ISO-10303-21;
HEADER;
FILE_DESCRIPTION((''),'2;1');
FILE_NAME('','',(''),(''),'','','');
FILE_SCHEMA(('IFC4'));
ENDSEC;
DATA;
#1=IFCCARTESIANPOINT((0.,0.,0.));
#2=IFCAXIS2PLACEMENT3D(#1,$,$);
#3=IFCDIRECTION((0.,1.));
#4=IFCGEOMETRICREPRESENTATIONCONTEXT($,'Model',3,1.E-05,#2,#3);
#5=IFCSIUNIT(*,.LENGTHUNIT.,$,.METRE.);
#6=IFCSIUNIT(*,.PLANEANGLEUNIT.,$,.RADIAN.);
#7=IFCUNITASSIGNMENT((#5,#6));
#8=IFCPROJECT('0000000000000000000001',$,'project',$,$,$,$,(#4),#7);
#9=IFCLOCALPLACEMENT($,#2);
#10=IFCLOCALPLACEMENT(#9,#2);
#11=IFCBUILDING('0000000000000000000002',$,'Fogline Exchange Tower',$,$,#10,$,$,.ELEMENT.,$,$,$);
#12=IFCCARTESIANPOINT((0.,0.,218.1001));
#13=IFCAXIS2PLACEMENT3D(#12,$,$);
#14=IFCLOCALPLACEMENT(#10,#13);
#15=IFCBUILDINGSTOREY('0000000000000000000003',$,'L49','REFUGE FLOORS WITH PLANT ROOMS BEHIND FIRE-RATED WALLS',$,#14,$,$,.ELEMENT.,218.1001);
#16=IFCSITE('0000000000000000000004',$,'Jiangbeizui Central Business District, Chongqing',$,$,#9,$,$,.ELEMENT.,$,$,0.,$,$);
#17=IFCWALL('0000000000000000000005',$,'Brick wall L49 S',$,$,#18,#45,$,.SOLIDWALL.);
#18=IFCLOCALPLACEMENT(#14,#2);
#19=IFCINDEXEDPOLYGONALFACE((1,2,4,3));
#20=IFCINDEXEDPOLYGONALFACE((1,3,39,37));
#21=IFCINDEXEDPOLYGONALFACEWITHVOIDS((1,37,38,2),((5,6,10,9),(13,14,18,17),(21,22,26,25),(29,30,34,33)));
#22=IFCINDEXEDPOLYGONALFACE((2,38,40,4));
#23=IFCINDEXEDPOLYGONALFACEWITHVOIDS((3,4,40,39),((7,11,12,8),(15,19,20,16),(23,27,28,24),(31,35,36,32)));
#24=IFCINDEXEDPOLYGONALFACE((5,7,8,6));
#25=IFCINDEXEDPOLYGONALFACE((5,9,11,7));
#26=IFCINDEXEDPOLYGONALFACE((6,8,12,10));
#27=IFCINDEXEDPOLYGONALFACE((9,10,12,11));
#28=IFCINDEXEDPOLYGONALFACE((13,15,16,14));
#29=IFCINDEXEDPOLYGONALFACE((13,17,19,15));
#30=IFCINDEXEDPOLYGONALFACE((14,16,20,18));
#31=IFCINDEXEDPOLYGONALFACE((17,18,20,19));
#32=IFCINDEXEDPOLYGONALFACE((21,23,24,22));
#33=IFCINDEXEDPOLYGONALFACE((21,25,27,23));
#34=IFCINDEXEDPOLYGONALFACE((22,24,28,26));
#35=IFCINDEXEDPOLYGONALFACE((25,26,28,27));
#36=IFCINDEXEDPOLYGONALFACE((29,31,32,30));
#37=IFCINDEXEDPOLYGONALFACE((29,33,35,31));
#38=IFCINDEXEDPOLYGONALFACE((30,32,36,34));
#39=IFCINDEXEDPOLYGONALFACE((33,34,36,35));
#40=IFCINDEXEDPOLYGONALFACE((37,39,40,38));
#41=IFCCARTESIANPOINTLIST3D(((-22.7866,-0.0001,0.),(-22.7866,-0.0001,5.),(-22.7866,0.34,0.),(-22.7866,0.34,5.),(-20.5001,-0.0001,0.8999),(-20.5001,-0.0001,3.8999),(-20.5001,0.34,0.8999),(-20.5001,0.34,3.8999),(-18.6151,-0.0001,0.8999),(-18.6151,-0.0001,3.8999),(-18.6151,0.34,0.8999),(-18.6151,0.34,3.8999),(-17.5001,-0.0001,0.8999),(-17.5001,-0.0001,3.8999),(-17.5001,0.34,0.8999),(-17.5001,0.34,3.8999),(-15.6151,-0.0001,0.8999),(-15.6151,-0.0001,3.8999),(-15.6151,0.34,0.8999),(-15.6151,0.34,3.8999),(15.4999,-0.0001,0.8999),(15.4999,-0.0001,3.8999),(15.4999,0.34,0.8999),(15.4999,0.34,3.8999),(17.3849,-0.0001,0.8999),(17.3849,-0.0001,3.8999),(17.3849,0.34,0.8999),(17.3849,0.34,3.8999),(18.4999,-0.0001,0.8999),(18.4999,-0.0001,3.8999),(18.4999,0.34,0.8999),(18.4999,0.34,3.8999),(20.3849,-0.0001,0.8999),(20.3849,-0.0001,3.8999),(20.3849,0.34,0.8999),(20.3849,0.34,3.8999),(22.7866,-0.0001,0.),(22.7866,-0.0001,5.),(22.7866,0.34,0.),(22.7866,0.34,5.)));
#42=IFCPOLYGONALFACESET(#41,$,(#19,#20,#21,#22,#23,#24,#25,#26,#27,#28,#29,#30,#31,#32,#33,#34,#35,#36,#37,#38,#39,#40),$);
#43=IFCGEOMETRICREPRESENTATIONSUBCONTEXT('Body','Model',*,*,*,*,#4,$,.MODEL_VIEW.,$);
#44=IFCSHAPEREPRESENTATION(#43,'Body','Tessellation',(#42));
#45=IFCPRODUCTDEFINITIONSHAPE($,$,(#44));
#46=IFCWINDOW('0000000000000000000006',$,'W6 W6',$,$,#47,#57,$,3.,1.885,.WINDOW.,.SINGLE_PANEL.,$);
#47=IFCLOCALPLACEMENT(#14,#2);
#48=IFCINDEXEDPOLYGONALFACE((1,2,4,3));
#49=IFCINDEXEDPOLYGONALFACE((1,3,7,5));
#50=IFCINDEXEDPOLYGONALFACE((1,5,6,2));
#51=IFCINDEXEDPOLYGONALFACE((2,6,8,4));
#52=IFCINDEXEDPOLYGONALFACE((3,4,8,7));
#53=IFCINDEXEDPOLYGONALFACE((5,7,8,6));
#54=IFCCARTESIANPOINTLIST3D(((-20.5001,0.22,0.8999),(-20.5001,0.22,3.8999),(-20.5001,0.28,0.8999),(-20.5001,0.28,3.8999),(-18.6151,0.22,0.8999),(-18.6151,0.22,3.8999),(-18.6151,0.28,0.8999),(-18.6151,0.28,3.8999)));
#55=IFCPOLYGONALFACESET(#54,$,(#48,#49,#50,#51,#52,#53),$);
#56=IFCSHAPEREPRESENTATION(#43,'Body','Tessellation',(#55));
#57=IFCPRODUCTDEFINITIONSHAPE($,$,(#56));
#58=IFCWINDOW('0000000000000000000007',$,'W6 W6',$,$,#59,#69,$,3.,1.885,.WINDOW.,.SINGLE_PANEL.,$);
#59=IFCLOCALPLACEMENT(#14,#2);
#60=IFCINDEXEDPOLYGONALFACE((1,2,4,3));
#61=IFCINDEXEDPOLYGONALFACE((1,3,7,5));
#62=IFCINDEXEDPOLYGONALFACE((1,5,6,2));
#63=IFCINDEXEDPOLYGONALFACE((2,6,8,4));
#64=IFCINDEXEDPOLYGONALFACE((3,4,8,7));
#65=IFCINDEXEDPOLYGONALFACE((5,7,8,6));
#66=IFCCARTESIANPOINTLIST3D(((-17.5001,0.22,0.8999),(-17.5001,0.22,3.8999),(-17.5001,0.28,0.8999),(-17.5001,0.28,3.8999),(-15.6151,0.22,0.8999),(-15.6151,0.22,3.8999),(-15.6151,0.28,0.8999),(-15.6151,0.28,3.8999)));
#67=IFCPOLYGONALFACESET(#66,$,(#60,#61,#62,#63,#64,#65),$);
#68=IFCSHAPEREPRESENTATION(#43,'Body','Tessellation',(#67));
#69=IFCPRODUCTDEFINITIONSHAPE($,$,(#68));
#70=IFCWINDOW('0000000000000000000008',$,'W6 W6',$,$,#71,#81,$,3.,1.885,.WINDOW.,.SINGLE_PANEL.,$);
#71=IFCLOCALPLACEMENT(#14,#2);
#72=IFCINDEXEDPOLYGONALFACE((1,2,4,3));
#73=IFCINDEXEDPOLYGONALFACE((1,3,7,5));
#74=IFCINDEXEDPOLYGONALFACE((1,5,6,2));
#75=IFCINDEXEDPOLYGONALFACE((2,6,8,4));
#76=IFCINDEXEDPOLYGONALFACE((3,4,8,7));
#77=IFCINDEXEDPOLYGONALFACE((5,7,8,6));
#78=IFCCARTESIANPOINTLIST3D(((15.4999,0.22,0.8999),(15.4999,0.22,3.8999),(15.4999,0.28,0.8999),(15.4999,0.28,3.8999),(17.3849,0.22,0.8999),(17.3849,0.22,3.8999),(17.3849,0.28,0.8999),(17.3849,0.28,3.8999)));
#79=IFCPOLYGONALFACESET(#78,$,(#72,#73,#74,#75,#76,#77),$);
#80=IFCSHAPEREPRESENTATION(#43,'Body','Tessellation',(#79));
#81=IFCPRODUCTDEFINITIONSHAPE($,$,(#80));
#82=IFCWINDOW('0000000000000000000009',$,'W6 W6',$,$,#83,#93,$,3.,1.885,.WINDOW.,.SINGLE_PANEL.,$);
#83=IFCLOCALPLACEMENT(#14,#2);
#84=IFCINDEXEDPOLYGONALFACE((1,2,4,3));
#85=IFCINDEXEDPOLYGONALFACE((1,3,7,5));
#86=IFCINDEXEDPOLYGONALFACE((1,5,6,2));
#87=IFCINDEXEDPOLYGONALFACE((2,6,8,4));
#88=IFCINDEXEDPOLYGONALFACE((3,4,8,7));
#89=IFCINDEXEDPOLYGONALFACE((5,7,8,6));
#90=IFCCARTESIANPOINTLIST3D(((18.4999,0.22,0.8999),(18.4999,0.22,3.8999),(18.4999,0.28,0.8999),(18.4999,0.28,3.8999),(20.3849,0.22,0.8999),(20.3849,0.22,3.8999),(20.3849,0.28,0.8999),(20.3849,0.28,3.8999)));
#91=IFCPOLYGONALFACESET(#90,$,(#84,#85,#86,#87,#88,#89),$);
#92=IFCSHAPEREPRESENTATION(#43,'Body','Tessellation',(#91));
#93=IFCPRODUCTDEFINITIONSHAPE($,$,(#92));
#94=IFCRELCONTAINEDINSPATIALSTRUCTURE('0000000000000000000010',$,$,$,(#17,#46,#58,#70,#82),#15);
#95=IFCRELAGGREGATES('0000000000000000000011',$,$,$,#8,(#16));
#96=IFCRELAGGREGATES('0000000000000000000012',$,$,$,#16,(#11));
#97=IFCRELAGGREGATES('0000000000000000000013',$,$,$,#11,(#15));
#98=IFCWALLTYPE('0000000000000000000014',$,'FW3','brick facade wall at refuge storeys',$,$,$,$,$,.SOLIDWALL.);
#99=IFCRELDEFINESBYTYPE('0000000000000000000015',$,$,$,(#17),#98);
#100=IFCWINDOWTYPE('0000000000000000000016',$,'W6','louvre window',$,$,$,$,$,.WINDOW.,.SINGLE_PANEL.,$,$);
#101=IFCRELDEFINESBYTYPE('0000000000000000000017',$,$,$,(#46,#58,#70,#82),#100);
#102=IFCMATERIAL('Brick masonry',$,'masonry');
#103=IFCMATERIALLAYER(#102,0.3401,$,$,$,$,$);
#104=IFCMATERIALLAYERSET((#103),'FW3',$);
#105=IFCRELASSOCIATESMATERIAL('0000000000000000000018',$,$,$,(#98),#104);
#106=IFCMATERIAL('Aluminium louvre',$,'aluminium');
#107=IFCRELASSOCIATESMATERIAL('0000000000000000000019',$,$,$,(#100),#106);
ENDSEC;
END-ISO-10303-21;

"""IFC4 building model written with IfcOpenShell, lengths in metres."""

from ifc_helpers import new_model, si_unit, direction, frame, frame_2d, origin, place, context, subcontext, project, spatial, rectangle, extrude, material, layer, layer_set, type_object, element, fill, save


model = new_model("IFC4")

# Units and contexts
model_context = context("Model", 3, precision=1e-05, world=origin(), true_north=direction((0.0, 1.0)))
body_context = subcontext(model_context, "Body", "Model", "MODEL_VIEW")
ifc_project = project(units=[si_unit("LENGTHUNIT", "METRE"), si_unit("PLANEANGLEUNIT", "RADIAN")], contexts=[model_context])

# Site, building, storey
site_placement = place(None, origin())
site = spatial("IfcSite", under=ifc_project, at=site_placement, Name="Jiangbeizui Central Business District, Chongqing", CompositionType="ELEMENT", RefElevation=0.0)
building_placement = place(site_placement, origin())
building = spatial("IfcBuilding", under=site, at=building_placement, Name="Fogline Exchange Tower", CompositionType="ELEMENT")
storey_placement = place(building_placement, frame((0.0, 0.0, 218.1001)))
storey = spatial("IfcBuildingStorey", under=building, at=storey_placement, Name="L49", Description="REFUGE FLOORS WITH PLANT ROOMS BEHIND FIRE-RATED WALLS", CompositionType="ELEMENT", Elevation=218.1001)

# Shared definitions
ifc_material_1 = material(Name="Brick masonry", Category="masonry")
ifc_layer = layer(ifc_material_1, 0.3401)
ifc_layer_set = layer_set([ifc_layer], Name="FW3")
wall_type = type_object("IfcWallType", Name="FW3", Description="brick facade wall at refuge storeys", PredefinedType="SOLIDWALL", material=ifc_layer_set)

# Wall, openings, windows
wall_1_placement = place(storey_placement, frame((-22.7866, 0.1699, 0.0), z_axis=(0.0, 0.0, 1.0), x_axis=(1.0, 0.0, 0.0)))
wall_1 = element("IfcWall", 1, at=wall_1_placement, inside=storey, type_object=wall_type, Name="Brick wall L49 S", PredefinedType="SOLIDWALL", context=body_context, shape_type="SweptSolid", body=[
    extrude(rectangle(XDim=45.5732, YDim=0.3401, at=frame_2d((22.7866, 0.0))), origin(), (0.0, 0.0, 1.0), 5.0),
])
opening_1_placement = place(wall_1_placement, frame((2.2866, 0.0, 0.8999)))
opening_1 = element("IfcOpeningElement", 2, at=opening_1_placement, cuts=wall_1, PredefinedType="OPENING", context=body_context, shape_type="SweptSolid", body=[
    extrude(rectangle(XDim=1.885, YDim=3.0, at=frame_2d((0.9424, 1.5))), frame((0.0, 0.1802, 0.0), z_axis=(0.0, -1.0, 0.0), x_axis=(1.0, 0.0, 0.0)), (0.0, 0.0, 1.0), 0.3601),
])
opening_2_placement = place(wall_1_placement, frame((5.2866, 0.0, 0.8999)))
opening_2 = element("IfcOpeningElement", 3, at=opening_2_placement, cuts=wall_1, PredefinedType="OPENING", context=body_context, shape_type="SweptSolid", body=[
    extrude(rectangle(XDim=1.885, YDim=3.0, at=frame_2d((0.9424, 1.5))), frame((0.0, 0.1802, 0.0), z_axis=(0.0, -1.0, 0.0), x_axis=(1.0, 0.0, 0.0)), (0.0, 0.0, 1.0), 0.3601),
])
opening_3_placement = place(wall_1_placement, frame((38.2866, 0.0, 0.8999)))
opening_3 = element("IfcOpeningElement", 4, at=opening_3_placement, cuts=wall_1, PredefinedType="OPENING", context=body_context, shape_type="SweptSolid", body=[
    extrude(rectangle(XDim=1.885, YDim=3.0, at=frame_2d((0.9424, 1.5))), frame((0.0, 0.1802, 0.0), z_axis=(0.0, -1.0, 0.0), x_axis=(1.0, 0.0, 0.0)), (0.0, 0.0, 1.0), 0.3601),
])
opening_4_placement = place(wall_1_placement, frame((41.2866, 0.0, 0.8999)))
opening_4 = element("IfcOpeningElement", 5, at=opening_4_placement, cuts=wall_1, PredefinedType="OPENING", context=body_context, shape_type="SweptSolid", body=[
    extrude(rectangle(XDim=1.885, YDim=3.0, at=frame_2d((0.9424, 1.5))), frame((0.0, 0.1802, 0.0), z_axis=(0.0, -1.0, 0.0), x_axis=(1.0, 0.0, 0.0)), (0.0, 0.0, 1.0), 0.3601),
])
ifc_material_2 = material(Name="Aluminium louvre", Category="aluminium")
window_type = type_object("IfcWindowType", Name="W6", Description="louvre window", PartitioningType="SINGLE_PANEL", PredefinedType="WINDOW", material=ifc_material_2)
window_1_placement = place(opening_1_placement, origin())
window_1 = element("IfcWindow", 6, at=window_1_placement, inside=storey, type_object=window_type, Name="W6 W6", OverallHeight=3.0, OverallWidth=1.885, PartitioningType="SINGLE_PANEL", PredefinedType="WINDOW", context=body_context, shape_type="SweptSolid", body=[
    extrude(rectangle(XDim=1.885, YDim=3.0, at=frame_2d((0.9424, 1.5))), frame((0.0, 0.1101, 0.0), z_axis=(0.0, -1.0, 0.0), x_axis=(1.0, 0.0, 0.0)), (0.0, 0.0, 1.0), 0.0601),
])
fill(opening_1, window_1)
window_2_placement = place(opening_2_placement, origin())
window_2 = element("IfcWindow", 7, at=window_2_placement, inside=storey, type_object=window_type, Name="W6 W6", OverallHeight=3.0, OverallWidth=1.885, PartitioningType="SINGLE_PANEL", PredefinedType="WINDOW", context=body_context, shape_type="SweptSolid", body=[
    extrude(rectangle(XDim=1.885, YDim=3.0, at=frame_2d((0.9424, 1.5))), frame((0.0, 0.1101, 0.0), z_axis=(0.0, -1.0, 0.0), x_axis=(1.0, 0.0, 0.0)), (0.0, 0.0, 1.0), 0.0601),
])
fill(opening_2, window_2)
window_3_placement = place(opening_3_placement, origin())
window_3 = element("IfcWindow", 8, at=window_3_placement, inside=storey, type_object=window_type, Name="W6 W6", OverallHeight=3.0, OverallWidth=1.885, PartitioningType="SINGLE_PANEL", PredefinedType="WINDOW", context=body_context, shape_type="SweptSolid", body=[
    extrude(rectangle(XDim=1.885, YDim=3.0, at=frame_2d((0.9424, 1.5))), frame((0.0, 0.1101, 0.0), z_axis=(0.0, -1.0, 0.0), x_axis=(1.0, 0.0, 0.0)), (0.0, 0.0, 1.0), 0.0601),
])
fill(opening_3, window_3)
window_4_placement = place(opening_4_placement, origin())
window_4 = element("IfcWindow", 9, at=window_4_placement, inside=storey, type_object=window_type, Name="W6 W6", OverallHeight=3.0, OverallWidth=1.885, PartitioningType="SINGLE_PANEL", PredefinedType="WINDOW", context=body_context, shape_type="SweptSolid", body=[
    extrude(rectangle(XDim=1.885, YDim=3.0, at=frame_2d((0.9424, 1.5))), frame((0.0, 0.1101, 0.0), z_axis=(0.0, -1.0, 0.0), x_axis=(1.0, 0.0, 0.0)), (0.0, 0.0, 1.0), 0.0601),
])
fill(opening_4, window_4)

save(model, "model.ifc")
